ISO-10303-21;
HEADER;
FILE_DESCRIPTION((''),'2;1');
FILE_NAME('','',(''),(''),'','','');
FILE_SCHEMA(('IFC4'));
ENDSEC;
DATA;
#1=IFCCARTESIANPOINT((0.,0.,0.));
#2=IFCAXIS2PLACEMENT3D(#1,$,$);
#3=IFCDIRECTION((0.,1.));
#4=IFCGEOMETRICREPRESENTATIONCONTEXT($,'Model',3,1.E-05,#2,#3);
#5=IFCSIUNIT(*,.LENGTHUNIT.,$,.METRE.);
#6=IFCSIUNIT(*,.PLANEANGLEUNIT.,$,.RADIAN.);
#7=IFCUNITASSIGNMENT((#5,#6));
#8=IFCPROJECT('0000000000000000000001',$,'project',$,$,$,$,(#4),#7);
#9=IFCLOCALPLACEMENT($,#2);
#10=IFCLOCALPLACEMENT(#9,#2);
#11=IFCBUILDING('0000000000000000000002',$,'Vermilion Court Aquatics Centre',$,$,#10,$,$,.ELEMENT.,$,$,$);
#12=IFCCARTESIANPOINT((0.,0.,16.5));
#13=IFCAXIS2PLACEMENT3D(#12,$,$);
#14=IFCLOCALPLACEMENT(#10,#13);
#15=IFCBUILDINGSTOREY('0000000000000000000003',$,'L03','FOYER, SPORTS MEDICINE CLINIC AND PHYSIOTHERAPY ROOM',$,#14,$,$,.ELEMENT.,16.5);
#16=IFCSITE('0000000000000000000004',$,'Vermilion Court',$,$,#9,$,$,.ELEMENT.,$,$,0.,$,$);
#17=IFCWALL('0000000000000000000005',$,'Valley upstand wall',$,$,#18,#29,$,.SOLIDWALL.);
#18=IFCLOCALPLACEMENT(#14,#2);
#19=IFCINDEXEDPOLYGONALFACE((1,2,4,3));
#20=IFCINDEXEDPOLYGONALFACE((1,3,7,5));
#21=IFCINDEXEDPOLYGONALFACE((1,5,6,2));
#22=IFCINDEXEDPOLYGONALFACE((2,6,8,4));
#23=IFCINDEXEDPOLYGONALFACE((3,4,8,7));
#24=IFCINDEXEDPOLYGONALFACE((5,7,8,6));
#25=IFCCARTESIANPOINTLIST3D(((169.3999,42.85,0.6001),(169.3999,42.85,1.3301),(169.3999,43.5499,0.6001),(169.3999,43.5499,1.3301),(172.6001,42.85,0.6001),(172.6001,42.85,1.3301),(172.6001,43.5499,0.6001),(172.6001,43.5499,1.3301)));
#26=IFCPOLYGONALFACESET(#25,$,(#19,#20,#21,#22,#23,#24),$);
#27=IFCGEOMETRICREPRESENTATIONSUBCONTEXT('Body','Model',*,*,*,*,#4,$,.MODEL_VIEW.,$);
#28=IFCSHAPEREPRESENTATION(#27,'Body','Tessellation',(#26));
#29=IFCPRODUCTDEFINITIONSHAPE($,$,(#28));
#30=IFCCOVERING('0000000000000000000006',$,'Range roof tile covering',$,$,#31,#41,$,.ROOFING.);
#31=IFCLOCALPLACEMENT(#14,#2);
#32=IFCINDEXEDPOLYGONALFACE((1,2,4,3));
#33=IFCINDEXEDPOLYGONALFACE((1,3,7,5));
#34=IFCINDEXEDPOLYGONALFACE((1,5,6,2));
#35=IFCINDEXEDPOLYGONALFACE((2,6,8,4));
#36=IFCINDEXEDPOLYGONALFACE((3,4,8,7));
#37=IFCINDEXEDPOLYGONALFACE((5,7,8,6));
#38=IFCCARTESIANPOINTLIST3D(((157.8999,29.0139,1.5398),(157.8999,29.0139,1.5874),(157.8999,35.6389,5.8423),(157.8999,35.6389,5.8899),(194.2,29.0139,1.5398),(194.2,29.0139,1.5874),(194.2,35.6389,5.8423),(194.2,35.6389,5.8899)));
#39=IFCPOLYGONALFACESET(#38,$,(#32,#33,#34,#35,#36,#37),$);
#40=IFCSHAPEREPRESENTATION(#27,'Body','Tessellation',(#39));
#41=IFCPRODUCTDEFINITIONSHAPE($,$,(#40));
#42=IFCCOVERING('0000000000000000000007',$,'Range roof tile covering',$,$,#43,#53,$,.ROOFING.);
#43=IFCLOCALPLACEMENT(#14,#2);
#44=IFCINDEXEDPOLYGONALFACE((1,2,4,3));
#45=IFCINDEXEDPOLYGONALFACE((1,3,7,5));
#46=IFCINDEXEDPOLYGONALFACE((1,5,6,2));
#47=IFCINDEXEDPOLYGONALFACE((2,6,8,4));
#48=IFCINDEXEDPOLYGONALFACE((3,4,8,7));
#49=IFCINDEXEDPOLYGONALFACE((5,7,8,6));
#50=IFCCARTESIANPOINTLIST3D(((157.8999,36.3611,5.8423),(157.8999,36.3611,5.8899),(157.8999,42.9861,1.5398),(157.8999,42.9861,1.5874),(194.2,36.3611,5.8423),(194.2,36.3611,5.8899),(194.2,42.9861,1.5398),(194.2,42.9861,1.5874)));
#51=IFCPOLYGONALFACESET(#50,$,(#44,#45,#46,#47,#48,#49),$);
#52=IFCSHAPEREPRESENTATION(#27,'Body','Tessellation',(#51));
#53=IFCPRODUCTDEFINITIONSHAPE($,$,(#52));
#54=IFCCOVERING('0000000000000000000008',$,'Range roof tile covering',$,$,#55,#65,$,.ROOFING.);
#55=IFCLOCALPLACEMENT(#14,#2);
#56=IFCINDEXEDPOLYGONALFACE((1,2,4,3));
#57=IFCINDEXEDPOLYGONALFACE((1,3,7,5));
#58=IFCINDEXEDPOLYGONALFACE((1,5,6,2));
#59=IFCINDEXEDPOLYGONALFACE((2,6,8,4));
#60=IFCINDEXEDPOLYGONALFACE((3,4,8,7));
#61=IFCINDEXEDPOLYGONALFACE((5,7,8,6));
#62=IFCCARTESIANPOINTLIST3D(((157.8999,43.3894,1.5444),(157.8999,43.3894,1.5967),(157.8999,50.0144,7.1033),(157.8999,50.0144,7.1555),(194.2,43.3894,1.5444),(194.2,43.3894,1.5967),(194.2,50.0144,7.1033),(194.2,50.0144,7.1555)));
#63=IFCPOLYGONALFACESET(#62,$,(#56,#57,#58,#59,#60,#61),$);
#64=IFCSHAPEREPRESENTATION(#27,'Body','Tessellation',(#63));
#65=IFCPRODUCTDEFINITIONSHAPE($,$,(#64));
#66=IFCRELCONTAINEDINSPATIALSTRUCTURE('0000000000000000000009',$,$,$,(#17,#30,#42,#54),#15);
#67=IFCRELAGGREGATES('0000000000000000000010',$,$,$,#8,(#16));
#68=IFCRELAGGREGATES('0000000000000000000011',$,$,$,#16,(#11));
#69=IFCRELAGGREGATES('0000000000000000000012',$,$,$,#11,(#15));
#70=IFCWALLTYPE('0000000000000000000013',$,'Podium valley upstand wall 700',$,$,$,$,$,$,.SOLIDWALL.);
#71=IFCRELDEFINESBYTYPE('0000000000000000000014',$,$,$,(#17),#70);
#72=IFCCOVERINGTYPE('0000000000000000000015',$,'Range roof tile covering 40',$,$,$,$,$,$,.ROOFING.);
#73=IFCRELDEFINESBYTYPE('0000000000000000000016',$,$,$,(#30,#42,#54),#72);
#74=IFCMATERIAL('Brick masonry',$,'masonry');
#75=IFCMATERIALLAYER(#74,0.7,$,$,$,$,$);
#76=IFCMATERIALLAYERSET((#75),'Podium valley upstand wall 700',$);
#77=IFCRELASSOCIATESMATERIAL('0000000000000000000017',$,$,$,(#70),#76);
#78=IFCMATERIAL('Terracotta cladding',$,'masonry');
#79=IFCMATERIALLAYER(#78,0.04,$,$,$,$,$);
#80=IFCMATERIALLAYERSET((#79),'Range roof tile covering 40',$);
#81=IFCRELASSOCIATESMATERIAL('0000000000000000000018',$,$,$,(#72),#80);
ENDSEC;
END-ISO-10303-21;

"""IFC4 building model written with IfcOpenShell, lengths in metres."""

from ifc_helpers import new_model, si_unit, direction, frame, frame_2d, origin, place, context, subcontext, project, spatial, polyline, rectangle, outline, extrude, material, layer, layer_set, type_object, element, save


model = new_model("IFC4")

# Units and contexts
model_context = context("Model", 3, precision=1e-05, world=origin(), true_north=direction((0.0, 1.0)))
body_context = subcontext(model_context, "Body", "Model", "MODEL_VIEW")
ifc_project = project(units=[si_unit("LENGTHUNIT", "METRE"), si_unit("PLANEANGLEUNIT", "RADIAN")], contexts=[model_context])

# Site, building, storey
site_placement = place(None, origin())
site = spatial("IfcSite", under=ifc_project, at=site_placement, Name="Vermilion Court", CompositionType="ELEMENT", RefElevation=0.0)
building_placement = place(site_placement, origin())
building = spatial("IfcBuilding", under=site, at=building_placement, Name="Vermilion Court Aquatics Centre", CompositionType="ELEMENT")
storey_placement = place(building_placement, frame((0.0, 0.0, 16.5)))
storey = spatial("IfcBuildingStorey", under=building, at=storey_placement, Name="L03", Description="FOYER, SPORTS MEDICINE CLINIC AND PHYSIOTHERAPY ROOM", CompositionType="ELEMENT", Elevation=16.5)

# Wall
ifc_material_1 = material(Name="Brick masonry", Category="masonry")
ifc_layer_1 = layer(ifc_material_1, 0.7)
ifc_layer_set_1 = layer_set([ifc_layer_1], Name="Podium valley upstand wall 700")
wall_type_1 = type_object("IfcWallType", Name="Podium valley upstand wall 700", PredefinedType="SOLIDWALL", material=ifc_layer_set_1)
wall_1_placement = place(storey_placement, frame((169.3999, 43.2, 0.6001), z_axis=(0.0, 0.0, 1.0), x_axis=(1.0, 0.0, 0.0)))
element("IfcWall", 1, at=wall_1_placement, inside=storey, type_object=wall_type_1, Name="Valley upstand wall", PredefinedType="SOLIDWALL", context=body_context, shape_type="SweptSolid", body=[
    extrude(rectangle(XDim=3.2002, YDim=0.7, at=frame_2d((1.6001, 0.0))), origin(), (0.0, 0.0, 1.0), 0.73),
])

# Coverings
ifc_material_2 = material(Name="Terracotta cladding", Category="masonry")
ifc_layer_2 = layer(ifc_material_2, 0.04)
ifc_layer_set_2 = layer_set([ifc_layer_2], Name="Range roof tile covering 40")
covering_type = type_object("IfcCoveringType", Name="Range roof tile covering 40", PredefinedType="ROOFING", material=ifc_layer_set_2)
covering_1_placement = place(storey_placement, frame((157.8999, 29.0139, 1.5874), z_axis=(0.0, -0.544654, 0.838661), x_axis=(1.0, 0.0, 0.0)))
element("IfcCovering", 2, at=covering_1_placement, inside=storey, type_object=covering_type, Name="Range roof tile covering", PredefinedType="ROOFING", context=body_context, shape_type="SweptSolid", body=[
    extrude(outline(polyline([(0.0, 0.0), (36.3, 0.0), (36.3, 7.8995), (0.0, 7.8995), (0.0, 0.0)])), origin(), (0.0, -0.544654, -0.838661), 0.0476),
])
covering_2_placement = place(storey_placement, frame((157.8999, 42.9861, 1.5874), z_axis=(0.0, 0.544654, 0.838661), x_axis=(1.0, 0.0, 0.0)))
element("IfcCovering", 3, at=covering_2_placement, inside=storey, type_object=covering_type, Name="Range roof tile covering", PredefinedType="ROOFING", context=body_context, shape_type="SweptSolid", body=[
    extrude(outline(polyline([(0.0, 0.0), (36.3, 0.0), (36.3, -7.8995), (0.0, -7.8995), (0.0, 0.0)])), origin(), (0.0, 0.544654, -0.838661), 0.0476),
])
covering_3_placement = place(storey_placement, frame((157.8999, 43.3894, 1.5967), z_axis=(0.0, -0.642774, 0.766056), x_axis=(1.0, 0.0, 0.0)))
element("IfcCovering", 4, at=covering_3_placement, inside=storey, type_object=covering_type, Name="Range roof tile covering", PredefinedType="ROOFING", context=body_context, shape_type="SweptSolid", body=[
    extrude(outline(polyline([(0.0, 0.0), (36.3, 0.0), (36.3, 8.6482), (0.0, 8.6482), (0.0, 0.0)])), origin(), (0.0, -0.642774, -0.766056), 0.0522),
])

save(model, "model.ifc")
